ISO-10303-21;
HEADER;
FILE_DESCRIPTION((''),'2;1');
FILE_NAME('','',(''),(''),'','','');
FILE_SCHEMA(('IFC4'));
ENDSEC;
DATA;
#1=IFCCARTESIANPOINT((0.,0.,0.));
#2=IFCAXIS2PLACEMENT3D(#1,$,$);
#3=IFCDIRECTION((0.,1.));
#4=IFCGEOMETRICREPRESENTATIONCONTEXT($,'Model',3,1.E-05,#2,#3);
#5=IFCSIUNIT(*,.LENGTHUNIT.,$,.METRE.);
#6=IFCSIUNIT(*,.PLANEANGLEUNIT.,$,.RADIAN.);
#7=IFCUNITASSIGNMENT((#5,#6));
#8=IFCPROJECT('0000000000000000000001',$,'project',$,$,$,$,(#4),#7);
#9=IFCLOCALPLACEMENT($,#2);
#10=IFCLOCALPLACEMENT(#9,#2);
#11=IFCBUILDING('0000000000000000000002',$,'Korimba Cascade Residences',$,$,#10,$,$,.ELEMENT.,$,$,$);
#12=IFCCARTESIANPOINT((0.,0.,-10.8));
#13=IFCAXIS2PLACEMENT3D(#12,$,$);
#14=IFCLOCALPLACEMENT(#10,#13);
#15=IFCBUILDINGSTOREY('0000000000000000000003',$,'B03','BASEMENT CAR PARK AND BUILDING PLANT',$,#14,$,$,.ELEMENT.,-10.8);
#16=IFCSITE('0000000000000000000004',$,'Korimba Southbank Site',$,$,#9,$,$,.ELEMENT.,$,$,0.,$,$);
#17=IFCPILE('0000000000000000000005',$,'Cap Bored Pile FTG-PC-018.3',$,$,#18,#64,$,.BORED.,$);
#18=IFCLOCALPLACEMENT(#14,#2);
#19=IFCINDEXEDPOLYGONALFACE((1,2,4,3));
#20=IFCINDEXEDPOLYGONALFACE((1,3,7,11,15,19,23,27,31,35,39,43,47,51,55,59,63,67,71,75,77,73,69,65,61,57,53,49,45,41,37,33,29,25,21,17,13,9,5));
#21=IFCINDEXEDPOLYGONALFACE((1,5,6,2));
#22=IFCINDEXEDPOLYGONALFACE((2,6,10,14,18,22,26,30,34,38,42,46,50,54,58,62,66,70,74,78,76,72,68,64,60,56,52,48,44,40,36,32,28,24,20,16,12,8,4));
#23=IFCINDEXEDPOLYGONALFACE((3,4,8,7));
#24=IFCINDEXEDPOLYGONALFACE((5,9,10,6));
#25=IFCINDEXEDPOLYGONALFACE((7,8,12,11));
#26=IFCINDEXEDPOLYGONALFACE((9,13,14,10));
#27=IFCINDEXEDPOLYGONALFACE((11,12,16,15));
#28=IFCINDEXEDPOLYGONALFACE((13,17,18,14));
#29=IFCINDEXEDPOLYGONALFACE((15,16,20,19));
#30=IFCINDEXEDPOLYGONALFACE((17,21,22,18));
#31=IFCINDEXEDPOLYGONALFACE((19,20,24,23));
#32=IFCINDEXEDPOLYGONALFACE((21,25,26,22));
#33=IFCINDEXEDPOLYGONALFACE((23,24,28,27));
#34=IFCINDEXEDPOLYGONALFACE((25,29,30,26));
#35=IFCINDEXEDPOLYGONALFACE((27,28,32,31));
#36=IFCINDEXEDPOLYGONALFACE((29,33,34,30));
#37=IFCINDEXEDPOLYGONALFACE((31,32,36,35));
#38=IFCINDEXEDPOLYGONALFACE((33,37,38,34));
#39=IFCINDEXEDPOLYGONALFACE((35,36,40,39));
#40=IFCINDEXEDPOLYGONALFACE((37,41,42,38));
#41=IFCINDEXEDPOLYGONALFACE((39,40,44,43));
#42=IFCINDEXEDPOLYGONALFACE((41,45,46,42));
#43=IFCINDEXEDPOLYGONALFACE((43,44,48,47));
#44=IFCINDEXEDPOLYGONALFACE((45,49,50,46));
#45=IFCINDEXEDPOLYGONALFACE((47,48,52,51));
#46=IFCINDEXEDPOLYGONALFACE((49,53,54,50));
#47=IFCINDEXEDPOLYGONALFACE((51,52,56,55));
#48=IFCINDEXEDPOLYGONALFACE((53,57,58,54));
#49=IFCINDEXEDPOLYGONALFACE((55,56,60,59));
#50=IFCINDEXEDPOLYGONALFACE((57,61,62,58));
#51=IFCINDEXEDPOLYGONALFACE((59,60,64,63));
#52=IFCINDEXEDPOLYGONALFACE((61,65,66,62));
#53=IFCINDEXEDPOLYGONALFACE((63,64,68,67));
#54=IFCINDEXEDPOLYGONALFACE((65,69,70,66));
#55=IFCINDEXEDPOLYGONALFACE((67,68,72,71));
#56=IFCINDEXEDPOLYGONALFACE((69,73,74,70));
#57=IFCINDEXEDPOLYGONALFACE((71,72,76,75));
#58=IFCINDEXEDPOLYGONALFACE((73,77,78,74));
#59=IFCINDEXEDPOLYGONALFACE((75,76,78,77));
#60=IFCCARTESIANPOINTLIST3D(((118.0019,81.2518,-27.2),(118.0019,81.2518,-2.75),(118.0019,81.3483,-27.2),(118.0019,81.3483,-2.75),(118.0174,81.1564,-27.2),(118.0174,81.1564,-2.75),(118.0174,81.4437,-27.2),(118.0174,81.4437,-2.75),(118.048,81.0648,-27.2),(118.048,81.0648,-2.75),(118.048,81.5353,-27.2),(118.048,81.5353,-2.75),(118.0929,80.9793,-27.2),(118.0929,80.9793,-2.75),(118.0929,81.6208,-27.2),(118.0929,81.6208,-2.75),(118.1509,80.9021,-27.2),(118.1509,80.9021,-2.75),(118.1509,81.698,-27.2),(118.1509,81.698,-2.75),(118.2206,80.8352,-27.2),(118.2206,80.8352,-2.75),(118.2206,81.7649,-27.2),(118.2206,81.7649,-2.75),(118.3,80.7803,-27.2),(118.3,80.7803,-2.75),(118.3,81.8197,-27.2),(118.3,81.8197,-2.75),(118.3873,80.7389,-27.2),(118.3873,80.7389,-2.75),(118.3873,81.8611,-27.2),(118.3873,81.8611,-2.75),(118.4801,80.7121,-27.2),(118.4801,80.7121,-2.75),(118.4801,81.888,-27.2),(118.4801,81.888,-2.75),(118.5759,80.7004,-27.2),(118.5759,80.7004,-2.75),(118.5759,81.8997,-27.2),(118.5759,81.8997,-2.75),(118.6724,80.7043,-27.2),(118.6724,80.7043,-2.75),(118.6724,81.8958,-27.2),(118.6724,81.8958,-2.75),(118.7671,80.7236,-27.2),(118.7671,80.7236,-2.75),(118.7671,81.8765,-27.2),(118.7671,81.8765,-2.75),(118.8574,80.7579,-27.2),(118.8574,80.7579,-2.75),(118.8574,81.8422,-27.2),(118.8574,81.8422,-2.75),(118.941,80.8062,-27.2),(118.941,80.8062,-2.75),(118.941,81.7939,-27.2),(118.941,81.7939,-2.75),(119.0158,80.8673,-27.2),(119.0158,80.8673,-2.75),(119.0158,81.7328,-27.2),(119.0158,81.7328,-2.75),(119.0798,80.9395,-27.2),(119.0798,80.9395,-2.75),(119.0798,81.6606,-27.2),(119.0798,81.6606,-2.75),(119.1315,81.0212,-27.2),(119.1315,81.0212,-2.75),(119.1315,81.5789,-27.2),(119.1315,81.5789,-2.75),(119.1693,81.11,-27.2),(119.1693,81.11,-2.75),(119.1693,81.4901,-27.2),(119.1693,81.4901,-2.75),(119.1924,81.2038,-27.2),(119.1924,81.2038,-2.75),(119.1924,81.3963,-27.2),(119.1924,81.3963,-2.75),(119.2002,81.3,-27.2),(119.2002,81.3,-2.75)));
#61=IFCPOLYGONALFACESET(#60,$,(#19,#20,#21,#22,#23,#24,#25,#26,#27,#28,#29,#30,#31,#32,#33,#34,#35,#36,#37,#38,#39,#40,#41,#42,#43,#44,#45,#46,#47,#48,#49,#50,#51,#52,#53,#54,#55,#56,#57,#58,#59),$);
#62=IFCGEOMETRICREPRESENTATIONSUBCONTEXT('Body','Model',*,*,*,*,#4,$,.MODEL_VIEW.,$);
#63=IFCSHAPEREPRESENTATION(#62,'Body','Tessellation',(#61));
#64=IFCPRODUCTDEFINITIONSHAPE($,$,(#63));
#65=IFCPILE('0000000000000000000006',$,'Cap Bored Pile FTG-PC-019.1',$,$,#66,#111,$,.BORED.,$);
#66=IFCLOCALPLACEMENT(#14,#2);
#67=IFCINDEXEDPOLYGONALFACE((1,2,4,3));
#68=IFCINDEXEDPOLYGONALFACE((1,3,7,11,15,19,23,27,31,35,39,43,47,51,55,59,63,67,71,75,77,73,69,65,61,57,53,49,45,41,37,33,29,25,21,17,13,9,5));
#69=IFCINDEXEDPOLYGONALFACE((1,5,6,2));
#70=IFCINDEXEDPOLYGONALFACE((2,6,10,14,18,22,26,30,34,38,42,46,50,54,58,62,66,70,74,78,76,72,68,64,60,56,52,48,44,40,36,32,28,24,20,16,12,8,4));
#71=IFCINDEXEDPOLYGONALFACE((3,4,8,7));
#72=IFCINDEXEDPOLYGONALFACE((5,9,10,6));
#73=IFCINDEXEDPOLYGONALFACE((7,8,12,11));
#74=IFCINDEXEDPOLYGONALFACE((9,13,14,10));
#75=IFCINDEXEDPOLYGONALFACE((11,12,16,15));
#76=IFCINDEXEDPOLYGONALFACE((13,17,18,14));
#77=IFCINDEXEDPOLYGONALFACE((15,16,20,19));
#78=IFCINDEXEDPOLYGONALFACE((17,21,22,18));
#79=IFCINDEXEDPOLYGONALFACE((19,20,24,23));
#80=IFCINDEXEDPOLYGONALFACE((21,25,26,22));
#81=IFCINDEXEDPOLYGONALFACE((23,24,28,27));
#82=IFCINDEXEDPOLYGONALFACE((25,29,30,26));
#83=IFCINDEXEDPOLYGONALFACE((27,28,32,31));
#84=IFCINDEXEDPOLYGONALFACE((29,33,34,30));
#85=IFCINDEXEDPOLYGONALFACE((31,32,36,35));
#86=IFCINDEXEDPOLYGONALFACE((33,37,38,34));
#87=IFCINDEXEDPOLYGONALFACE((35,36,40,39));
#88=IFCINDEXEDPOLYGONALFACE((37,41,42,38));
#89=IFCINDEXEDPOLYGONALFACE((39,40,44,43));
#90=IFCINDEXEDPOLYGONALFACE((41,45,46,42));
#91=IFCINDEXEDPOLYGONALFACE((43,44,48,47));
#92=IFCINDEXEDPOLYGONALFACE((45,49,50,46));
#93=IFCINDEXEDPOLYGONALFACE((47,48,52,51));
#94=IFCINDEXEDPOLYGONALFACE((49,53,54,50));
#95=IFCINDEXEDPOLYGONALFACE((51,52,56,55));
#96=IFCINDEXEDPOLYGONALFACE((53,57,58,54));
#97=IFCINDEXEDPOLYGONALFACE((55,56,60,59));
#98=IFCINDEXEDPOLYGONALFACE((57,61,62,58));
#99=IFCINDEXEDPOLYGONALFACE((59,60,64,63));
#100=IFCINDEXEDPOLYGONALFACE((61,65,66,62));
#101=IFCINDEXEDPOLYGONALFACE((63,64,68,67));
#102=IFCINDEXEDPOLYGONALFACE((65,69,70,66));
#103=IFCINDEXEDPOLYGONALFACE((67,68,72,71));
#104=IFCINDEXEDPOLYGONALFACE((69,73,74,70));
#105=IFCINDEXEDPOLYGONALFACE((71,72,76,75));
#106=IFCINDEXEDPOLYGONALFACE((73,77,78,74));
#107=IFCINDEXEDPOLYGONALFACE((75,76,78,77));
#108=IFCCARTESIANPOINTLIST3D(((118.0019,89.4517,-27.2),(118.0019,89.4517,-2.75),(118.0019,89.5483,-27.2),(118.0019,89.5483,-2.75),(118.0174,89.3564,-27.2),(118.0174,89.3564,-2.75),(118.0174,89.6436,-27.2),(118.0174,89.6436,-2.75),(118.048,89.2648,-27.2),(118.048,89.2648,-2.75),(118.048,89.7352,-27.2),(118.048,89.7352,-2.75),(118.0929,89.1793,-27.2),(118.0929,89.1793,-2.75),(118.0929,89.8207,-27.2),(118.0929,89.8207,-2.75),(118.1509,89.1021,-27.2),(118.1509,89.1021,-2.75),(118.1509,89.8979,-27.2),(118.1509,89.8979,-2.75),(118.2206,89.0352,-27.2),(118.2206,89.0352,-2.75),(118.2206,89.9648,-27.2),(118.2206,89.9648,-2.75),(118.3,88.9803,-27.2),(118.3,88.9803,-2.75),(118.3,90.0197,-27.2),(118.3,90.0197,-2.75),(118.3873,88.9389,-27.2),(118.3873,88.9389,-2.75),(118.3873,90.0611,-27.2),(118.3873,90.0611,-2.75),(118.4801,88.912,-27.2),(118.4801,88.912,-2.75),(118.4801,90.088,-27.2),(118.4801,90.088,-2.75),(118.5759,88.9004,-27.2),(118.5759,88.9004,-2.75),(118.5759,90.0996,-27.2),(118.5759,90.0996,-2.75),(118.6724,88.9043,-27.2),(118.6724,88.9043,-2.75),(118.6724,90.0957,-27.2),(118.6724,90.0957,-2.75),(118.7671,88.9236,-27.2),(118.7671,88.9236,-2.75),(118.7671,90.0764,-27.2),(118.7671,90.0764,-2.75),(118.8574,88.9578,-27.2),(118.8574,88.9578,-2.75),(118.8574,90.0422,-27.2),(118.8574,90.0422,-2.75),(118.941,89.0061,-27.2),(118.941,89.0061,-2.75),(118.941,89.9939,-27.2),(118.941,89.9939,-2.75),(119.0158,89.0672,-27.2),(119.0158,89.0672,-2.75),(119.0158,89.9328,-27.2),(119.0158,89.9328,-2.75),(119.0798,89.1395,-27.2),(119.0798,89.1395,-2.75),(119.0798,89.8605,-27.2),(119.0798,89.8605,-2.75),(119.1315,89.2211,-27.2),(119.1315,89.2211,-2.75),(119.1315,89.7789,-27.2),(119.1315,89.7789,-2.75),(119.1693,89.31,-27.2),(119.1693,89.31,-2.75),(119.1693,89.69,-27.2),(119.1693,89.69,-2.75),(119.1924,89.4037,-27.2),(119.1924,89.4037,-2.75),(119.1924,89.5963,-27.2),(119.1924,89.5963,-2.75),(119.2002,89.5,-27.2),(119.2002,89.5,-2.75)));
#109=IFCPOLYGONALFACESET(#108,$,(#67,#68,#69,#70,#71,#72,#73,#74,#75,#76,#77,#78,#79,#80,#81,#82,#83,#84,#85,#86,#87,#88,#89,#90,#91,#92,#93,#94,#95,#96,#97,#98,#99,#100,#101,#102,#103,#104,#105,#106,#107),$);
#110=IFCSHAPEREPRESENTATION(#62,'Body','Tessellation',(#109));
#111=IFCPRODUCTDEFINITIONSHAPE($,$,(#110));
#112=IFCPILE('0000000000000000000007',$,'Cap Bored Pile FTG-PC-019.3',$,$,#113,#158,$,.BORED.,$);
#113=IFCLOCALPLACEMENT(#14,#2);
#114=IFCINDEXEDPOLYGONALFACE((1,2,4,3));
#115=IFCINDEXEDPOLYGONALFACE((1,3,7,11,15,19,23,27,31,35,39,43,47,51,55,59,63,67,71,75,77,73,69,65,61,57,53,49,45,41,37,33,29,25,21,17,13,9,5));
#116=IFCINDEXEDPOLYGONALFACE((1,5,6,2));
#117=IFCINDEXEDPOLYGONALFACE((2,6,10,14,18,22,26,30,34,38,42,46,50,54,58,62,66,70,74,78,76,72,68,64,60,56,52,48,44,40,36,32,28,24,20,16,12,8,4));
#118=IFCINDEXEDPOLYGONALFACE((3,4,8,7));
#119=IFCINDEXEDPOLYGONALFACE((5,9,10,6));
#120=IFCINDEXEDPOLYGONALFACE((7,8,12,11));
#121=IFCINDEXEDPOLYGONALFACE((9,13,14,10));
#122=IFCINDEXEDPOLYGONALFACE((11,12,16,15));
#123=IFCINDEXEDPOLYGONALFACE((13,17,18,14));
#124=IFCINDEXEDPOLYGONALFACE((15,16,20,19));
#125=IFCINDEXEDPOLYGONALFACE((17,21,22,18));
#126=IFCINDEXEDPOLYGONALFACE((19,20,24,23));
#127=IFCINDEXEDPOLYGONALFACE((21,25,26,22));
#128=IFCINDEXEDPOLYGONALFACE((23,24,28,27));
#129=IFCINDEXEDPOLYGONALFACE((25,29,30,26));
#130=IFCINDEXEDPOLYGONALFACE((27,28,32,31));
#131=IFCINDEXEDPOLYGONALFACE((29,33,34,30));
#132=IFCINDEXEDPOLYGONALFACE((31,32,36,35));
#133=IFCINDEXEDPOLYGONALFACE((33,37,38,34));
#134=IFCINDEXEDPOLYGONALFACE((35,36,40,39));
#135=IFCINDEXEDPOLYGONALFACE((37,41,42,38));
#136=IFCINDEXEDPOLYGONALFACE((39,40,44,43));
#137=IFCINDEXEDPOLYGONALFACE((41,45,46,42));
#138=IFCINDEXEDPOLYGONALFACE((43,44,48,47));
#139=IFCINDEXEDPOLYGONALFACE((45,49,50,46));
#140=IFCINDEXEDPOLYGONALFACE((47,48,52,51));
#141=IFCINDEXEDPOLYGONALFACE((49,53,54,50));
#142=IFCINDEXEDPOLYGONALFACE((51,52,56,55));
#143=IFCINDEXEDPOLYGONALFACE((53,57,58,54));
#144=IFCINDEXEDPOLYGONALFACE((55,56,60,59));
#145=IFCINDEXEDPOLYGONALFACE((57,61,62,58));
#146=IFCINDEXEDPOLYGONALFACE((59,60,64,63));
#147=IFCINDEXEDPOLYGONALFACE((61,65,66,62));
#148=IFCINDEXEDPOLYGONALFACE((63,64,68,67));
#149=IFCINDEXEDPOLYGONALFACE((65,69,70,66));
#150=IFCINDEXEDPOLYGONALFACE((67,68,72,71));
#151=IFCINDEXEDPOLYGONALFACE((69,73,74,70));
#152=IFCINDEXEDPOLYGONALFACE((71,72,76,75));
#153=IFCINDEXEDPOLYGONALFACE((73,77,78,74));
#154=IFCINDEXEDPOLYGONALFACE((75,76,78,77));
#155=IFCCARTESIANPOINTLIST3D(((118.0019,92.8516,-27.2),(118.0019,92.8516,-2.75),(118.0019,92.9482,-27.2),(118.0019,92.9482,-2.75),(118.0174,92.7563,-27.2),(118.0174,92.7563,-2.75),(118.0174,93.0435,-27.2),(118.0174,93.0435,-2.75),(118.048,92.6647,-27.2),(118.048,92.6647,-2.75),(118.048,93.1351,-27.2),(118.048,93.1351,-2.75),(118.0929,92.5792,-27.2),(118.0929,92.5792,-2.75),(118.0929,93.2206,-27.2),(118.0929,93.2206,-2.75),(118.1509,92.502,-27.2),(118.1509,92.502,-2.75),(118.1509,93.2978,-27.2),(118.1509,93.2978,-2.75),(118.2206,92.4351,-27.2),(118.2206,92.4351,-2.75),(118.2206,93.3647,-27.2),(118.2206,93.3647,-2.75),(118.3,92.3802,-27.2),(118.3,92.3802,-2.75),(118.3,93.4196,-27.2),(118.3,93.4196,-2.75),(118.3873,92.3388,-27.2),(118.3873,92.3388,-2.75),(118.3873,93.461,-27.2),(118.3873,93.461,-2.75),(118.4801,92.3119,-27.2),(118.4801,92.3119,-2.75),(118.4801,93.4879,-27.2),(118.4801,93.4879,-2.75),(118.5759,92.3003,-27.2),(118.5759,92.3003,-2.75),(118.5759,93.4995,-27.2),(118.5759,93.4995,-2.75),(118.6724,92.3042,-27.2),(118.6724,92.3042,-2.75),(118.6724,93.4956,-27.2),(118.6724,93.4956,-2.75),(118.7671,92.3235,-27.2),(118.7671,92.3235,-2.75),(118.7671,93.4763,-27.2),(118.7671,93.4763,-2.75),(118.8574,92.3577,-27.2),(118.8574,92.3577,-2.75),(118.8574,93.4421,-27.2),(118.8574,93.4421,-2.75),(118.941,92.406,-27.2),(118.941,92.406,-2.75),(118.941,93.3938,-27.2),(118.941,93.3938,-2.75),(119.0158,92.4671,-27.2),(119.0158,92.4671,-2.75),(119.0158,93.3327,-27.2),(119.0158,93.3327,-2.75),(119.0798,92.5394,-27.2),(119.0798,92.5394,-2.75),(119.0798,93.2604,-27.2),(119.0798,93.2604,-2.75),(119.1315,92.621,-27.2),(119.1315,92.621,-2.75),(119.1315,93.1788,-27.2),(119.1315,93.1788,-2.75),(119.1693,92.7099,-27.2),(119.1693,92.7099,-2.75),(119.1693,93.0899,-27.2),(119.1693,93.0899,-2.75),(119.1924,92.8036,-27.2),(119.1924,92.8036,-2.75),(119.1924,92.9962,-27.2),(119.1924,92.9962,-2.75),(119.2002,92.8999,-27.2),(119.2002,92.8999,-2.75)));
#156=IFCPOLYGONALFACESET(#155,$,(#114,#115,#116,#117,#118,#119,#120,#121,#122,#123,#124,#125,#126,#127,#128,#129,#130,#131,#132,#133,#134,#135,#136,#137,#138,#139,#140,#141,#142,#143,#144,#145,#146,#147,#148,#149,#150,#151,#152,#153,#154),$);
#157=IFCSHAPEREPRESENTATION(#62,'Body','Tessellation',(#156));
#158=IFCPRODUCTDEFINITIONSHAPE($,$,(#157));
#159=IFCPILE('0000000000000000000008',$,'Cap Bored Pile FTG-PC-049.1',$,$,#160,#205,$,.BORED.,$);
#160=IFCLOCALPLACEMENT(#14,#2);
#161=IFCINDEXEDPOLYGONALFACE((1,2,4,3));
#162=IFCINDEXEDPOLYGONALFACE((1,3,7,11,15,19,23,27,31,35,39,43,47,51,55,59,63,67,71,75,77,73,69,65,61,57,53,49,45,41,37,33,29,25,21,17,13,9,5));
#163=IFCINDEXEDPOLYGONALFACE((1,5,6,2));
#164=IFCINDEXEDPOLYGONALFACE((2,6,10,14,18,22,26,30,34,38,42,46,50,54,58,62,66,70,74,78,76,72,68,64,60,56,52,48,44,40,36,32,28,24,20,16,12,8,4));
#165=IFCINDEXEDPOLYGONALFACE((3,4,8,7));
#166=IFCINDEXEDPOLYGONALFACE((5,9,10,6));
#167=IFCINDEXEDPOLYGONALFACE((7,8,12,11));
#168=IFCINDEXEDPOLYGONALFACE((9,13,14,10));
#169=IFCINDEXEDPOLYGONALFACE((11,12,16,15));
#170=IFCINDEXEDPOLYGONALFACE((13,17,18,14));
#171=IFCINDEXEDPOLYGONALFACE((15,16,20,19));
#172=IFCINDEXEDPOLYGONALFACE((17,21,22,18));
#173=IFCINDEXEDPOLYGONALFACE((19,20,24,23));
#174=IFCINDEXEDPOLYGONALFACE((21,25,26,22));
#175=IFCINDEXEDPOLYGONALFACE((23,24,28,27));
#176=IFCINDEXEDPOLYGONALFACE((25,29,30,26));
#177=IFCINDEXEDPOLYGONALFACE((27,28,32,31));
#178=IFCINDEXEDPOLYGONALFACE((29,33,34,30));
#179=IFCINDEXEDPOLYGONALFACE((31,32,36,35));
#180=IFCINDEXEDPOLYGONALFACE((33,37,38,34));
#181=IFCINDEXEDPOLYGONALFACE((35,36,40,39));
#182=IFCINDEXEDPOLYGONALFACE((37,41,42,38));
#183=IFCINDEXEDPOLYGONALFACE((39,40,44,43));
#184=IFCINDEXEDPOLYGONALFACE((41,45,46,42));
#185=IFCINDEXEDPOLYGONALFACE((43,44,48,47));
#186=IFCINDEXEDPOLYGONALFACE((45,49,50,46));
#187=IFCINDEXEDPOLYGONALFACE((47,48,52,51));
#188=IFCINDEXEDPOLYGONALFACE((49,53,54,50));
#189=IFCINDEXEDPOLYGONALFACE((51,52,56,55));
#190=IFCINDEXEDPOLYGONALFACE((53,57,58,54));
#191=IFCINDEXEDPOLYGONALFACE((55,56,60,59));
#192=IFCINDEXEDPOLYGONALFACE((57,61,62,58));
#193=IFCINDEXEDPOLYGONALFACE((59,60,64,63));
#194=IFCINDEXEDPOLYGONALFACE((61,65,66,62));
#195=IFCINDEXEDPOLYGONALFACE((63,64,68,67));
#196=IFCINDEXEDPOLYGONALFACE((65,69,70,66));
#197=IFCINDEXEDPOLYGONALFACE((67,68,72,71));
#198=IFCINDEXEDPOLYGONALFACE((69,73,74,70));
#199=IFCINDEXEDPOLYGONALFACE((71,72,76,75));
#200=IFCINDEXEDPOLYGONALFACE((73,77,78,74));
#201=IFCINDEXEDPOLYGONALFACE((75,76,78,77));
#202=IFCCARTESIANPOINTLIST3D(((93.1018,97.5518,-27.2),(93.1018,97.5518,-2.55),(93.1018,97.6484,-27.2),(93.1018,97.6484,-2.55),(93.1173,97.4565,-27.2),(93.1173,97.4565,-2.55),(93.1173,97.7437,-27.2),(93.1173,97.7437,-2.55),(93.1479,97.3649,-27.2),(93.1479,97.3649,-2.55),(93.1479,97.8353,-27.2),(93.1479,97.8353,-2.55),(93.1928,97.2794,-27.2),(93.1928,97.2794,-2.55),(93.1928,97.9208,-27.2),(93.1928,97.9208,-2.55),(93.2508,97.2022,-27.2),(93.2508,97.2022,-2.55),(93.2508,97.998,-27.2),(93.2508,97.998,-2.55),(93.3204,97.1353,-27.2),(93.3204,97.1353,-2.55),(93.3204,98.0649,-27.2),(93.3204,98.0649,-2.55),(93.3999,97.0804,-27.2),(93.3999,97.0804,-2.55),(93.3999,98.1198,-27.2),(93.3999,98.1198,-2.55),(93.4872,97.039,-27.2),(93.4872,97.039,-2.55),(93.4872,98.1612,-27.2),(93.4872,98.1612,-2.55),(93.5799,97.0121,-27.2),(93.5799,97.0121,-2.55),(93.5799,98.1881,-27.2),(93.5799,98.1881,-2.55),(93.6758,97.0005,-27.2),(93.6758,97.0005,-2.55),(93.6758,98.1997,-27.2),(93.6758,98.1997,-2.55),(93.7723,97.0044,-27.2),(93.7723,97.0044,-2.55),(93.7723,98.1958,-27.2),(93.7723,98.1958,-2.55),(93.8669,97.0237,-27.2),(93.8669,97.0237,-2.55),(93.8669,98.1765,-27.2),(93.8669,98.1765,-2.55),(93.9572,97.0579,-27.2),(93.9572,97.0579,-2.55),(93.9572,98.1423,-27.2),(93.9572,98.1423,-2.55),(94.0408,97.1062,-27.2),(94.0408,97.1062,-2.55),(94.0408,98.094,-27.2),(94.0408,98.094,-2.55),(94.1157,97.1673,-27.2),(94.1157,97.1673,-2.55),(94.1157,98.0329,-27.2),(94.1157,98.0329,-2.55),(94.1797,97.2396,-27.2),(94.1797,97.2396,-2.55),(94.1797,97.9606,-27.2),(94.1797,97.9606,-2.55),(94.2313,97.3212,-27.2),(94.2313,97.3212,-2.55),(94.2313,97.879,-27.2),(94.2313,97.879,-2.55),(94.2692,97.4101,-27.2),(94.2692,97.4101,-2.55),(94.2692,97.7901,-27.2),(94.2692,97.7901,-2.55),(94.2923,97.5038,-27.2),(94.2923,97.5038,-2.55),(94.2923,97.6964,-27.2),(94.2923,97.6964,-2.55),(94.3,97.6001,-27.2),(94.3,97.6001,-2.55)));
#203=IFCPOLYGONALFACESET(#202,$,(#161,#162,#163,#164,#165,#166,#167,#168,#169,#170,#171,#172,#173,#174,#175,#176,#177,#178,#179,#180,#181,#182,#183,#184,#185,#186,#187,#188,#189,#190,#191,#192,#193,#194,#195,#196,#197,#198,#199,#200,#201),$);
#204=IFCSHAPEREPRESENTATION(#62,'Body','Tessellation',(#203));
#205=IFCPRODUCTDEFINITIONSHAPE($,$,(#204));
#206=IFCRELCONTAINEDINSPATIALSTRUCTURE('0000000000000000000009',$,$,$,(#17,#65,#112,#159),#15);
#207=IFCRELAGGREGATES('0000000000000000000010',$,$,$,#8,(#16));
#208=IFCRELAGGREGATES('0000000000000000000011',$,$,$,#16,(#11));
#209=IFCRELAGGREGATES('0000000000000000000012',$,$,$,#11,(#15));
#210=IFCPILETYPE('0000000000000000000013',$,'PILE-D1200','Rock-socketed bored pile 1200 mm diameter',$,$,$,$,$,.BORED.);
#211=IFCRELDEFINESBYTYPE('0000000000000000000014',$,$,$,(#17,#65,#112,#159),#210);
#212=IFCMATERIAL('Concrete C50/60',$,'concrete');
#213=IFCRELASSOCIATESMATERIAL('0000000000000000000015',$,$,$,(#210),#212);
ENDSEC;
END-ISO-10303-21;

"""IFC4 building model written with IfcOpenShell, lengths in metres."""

from ifc_helpers import new_model, si_unit, direction, frame, origin, origin_2d, place, context, subcontext, project, spatial, circle, extrude, material, material_profile, profile_set, type_object, element, save


model = new_model("IFC4")

# Units and contexts
model_context = context("Model", 3, precision=1e-05, world=origin(), true_north=direction((0.0, 1.0)))
body_context = subcontext(model_context, "Body", "Model", "MODEL_VIEW")
ifc_project = project(units=[si_unit("LENGTHUNIT", "METRE"), si_unit("PLANEANGLEUNIT", "RADIAN")], contexts=[model_context])

# Site, building, storey
site_placement = place(None, origin())
site = spatial("IfcSite", under=ifc_project, at=site_placement, Name="Korimba Southbank Site", CompositionType="ELEMENT", RefElevation=0.0)
building_placement = place(site_placement, origin())
building = spatial("IfcBuilding", under=site, at=building_placement, Name="Korimba Cascade Residences", CompositionType="ELEMENT")
storey_placement = place(building_placement, frame((0.0, 0.0, -10.8)))
storey = spatial("IfcBuildingStorey", under=building, at=storey_placement, Name="B03", Description="BASEMENT CAR PARK AND BUILDING PLANT", CompositionType="ELEMENT", Elevation=-10.8)

# Piles
ifc_material_1 = material(Name="Concrete C50/60", Category="concrete")
ifc_material_profile_1 = material_profile(ifc_material_1, circle(Radius=0.6001, at=origin_2d()), Name="Concrete C50/60")
ifc_profile_set_1 = profile_set([ifc_material_profile_1], Name="Concrete C50/60")
pile_type = type_object("IfcPileType", Name="PILE-D1200", Description="Rock-socketed bored pile 1200 mm diameter", PredefinedType="BORED", material=ifc_profile_set_1)
for number, where, z_axis, x_axis, name in (
    (1, (118.6001, 81.3, -2.75), (0.0, 0.0, -1.0), (1.0, 0.0, 0.0), "Cap Bored Pile FTG-PC-018.3"),
    (2, (118.6001, 89.5, -2.75), (0.0, 0.0, -1.0), (1.0, 0.0, 0.0), "Cap Bored Pile FTG-PC-019.1"),
    (3, (118.6001, 92.8999, -2.75), (0.0, 0.0, -1.0), (1.0, 0.0, 0.0), "Cap Bored Pile FTG-PC-019.3"),
):
    element("IfcPile", number, at=place(storey_placement, frame(where, z_axis=z_axis, x_axis=x_axis)), inside=storey, type_object=pile_type, Name=name, PredefinedType="BORED", context=body_context, shape_type="SweptSolid", body=[
        extrude(circle(Radius=0.6001, at=origin_2d()), origin(), (0.0, 0.0, 1.0), 24.45),
    ])
for number, where, z_axis, x_axis, name in (
    (4, (93.7, 97.6001, -2.55), (0.0, 0.0, -1.0), (1.0, 0.0, 0.0), "Cap Bored Pile FTG-PC-049.1"),
):
    element("IfcPile", number, at=place(storey_placement, frame(where, z_axis=z_axis, x_axis=x_axis)), inside=storey, type_object=pile_type, Name=name, PredefinedType="BORED", context=body_context, shape_type="SweptSolid", body=[
        extrude(circle(Radius=0.6001, at=origin_2d()), origin(), (0.0, 0.0, 1.0), 24.6499),
    ])

save(model, "model.ifc")
